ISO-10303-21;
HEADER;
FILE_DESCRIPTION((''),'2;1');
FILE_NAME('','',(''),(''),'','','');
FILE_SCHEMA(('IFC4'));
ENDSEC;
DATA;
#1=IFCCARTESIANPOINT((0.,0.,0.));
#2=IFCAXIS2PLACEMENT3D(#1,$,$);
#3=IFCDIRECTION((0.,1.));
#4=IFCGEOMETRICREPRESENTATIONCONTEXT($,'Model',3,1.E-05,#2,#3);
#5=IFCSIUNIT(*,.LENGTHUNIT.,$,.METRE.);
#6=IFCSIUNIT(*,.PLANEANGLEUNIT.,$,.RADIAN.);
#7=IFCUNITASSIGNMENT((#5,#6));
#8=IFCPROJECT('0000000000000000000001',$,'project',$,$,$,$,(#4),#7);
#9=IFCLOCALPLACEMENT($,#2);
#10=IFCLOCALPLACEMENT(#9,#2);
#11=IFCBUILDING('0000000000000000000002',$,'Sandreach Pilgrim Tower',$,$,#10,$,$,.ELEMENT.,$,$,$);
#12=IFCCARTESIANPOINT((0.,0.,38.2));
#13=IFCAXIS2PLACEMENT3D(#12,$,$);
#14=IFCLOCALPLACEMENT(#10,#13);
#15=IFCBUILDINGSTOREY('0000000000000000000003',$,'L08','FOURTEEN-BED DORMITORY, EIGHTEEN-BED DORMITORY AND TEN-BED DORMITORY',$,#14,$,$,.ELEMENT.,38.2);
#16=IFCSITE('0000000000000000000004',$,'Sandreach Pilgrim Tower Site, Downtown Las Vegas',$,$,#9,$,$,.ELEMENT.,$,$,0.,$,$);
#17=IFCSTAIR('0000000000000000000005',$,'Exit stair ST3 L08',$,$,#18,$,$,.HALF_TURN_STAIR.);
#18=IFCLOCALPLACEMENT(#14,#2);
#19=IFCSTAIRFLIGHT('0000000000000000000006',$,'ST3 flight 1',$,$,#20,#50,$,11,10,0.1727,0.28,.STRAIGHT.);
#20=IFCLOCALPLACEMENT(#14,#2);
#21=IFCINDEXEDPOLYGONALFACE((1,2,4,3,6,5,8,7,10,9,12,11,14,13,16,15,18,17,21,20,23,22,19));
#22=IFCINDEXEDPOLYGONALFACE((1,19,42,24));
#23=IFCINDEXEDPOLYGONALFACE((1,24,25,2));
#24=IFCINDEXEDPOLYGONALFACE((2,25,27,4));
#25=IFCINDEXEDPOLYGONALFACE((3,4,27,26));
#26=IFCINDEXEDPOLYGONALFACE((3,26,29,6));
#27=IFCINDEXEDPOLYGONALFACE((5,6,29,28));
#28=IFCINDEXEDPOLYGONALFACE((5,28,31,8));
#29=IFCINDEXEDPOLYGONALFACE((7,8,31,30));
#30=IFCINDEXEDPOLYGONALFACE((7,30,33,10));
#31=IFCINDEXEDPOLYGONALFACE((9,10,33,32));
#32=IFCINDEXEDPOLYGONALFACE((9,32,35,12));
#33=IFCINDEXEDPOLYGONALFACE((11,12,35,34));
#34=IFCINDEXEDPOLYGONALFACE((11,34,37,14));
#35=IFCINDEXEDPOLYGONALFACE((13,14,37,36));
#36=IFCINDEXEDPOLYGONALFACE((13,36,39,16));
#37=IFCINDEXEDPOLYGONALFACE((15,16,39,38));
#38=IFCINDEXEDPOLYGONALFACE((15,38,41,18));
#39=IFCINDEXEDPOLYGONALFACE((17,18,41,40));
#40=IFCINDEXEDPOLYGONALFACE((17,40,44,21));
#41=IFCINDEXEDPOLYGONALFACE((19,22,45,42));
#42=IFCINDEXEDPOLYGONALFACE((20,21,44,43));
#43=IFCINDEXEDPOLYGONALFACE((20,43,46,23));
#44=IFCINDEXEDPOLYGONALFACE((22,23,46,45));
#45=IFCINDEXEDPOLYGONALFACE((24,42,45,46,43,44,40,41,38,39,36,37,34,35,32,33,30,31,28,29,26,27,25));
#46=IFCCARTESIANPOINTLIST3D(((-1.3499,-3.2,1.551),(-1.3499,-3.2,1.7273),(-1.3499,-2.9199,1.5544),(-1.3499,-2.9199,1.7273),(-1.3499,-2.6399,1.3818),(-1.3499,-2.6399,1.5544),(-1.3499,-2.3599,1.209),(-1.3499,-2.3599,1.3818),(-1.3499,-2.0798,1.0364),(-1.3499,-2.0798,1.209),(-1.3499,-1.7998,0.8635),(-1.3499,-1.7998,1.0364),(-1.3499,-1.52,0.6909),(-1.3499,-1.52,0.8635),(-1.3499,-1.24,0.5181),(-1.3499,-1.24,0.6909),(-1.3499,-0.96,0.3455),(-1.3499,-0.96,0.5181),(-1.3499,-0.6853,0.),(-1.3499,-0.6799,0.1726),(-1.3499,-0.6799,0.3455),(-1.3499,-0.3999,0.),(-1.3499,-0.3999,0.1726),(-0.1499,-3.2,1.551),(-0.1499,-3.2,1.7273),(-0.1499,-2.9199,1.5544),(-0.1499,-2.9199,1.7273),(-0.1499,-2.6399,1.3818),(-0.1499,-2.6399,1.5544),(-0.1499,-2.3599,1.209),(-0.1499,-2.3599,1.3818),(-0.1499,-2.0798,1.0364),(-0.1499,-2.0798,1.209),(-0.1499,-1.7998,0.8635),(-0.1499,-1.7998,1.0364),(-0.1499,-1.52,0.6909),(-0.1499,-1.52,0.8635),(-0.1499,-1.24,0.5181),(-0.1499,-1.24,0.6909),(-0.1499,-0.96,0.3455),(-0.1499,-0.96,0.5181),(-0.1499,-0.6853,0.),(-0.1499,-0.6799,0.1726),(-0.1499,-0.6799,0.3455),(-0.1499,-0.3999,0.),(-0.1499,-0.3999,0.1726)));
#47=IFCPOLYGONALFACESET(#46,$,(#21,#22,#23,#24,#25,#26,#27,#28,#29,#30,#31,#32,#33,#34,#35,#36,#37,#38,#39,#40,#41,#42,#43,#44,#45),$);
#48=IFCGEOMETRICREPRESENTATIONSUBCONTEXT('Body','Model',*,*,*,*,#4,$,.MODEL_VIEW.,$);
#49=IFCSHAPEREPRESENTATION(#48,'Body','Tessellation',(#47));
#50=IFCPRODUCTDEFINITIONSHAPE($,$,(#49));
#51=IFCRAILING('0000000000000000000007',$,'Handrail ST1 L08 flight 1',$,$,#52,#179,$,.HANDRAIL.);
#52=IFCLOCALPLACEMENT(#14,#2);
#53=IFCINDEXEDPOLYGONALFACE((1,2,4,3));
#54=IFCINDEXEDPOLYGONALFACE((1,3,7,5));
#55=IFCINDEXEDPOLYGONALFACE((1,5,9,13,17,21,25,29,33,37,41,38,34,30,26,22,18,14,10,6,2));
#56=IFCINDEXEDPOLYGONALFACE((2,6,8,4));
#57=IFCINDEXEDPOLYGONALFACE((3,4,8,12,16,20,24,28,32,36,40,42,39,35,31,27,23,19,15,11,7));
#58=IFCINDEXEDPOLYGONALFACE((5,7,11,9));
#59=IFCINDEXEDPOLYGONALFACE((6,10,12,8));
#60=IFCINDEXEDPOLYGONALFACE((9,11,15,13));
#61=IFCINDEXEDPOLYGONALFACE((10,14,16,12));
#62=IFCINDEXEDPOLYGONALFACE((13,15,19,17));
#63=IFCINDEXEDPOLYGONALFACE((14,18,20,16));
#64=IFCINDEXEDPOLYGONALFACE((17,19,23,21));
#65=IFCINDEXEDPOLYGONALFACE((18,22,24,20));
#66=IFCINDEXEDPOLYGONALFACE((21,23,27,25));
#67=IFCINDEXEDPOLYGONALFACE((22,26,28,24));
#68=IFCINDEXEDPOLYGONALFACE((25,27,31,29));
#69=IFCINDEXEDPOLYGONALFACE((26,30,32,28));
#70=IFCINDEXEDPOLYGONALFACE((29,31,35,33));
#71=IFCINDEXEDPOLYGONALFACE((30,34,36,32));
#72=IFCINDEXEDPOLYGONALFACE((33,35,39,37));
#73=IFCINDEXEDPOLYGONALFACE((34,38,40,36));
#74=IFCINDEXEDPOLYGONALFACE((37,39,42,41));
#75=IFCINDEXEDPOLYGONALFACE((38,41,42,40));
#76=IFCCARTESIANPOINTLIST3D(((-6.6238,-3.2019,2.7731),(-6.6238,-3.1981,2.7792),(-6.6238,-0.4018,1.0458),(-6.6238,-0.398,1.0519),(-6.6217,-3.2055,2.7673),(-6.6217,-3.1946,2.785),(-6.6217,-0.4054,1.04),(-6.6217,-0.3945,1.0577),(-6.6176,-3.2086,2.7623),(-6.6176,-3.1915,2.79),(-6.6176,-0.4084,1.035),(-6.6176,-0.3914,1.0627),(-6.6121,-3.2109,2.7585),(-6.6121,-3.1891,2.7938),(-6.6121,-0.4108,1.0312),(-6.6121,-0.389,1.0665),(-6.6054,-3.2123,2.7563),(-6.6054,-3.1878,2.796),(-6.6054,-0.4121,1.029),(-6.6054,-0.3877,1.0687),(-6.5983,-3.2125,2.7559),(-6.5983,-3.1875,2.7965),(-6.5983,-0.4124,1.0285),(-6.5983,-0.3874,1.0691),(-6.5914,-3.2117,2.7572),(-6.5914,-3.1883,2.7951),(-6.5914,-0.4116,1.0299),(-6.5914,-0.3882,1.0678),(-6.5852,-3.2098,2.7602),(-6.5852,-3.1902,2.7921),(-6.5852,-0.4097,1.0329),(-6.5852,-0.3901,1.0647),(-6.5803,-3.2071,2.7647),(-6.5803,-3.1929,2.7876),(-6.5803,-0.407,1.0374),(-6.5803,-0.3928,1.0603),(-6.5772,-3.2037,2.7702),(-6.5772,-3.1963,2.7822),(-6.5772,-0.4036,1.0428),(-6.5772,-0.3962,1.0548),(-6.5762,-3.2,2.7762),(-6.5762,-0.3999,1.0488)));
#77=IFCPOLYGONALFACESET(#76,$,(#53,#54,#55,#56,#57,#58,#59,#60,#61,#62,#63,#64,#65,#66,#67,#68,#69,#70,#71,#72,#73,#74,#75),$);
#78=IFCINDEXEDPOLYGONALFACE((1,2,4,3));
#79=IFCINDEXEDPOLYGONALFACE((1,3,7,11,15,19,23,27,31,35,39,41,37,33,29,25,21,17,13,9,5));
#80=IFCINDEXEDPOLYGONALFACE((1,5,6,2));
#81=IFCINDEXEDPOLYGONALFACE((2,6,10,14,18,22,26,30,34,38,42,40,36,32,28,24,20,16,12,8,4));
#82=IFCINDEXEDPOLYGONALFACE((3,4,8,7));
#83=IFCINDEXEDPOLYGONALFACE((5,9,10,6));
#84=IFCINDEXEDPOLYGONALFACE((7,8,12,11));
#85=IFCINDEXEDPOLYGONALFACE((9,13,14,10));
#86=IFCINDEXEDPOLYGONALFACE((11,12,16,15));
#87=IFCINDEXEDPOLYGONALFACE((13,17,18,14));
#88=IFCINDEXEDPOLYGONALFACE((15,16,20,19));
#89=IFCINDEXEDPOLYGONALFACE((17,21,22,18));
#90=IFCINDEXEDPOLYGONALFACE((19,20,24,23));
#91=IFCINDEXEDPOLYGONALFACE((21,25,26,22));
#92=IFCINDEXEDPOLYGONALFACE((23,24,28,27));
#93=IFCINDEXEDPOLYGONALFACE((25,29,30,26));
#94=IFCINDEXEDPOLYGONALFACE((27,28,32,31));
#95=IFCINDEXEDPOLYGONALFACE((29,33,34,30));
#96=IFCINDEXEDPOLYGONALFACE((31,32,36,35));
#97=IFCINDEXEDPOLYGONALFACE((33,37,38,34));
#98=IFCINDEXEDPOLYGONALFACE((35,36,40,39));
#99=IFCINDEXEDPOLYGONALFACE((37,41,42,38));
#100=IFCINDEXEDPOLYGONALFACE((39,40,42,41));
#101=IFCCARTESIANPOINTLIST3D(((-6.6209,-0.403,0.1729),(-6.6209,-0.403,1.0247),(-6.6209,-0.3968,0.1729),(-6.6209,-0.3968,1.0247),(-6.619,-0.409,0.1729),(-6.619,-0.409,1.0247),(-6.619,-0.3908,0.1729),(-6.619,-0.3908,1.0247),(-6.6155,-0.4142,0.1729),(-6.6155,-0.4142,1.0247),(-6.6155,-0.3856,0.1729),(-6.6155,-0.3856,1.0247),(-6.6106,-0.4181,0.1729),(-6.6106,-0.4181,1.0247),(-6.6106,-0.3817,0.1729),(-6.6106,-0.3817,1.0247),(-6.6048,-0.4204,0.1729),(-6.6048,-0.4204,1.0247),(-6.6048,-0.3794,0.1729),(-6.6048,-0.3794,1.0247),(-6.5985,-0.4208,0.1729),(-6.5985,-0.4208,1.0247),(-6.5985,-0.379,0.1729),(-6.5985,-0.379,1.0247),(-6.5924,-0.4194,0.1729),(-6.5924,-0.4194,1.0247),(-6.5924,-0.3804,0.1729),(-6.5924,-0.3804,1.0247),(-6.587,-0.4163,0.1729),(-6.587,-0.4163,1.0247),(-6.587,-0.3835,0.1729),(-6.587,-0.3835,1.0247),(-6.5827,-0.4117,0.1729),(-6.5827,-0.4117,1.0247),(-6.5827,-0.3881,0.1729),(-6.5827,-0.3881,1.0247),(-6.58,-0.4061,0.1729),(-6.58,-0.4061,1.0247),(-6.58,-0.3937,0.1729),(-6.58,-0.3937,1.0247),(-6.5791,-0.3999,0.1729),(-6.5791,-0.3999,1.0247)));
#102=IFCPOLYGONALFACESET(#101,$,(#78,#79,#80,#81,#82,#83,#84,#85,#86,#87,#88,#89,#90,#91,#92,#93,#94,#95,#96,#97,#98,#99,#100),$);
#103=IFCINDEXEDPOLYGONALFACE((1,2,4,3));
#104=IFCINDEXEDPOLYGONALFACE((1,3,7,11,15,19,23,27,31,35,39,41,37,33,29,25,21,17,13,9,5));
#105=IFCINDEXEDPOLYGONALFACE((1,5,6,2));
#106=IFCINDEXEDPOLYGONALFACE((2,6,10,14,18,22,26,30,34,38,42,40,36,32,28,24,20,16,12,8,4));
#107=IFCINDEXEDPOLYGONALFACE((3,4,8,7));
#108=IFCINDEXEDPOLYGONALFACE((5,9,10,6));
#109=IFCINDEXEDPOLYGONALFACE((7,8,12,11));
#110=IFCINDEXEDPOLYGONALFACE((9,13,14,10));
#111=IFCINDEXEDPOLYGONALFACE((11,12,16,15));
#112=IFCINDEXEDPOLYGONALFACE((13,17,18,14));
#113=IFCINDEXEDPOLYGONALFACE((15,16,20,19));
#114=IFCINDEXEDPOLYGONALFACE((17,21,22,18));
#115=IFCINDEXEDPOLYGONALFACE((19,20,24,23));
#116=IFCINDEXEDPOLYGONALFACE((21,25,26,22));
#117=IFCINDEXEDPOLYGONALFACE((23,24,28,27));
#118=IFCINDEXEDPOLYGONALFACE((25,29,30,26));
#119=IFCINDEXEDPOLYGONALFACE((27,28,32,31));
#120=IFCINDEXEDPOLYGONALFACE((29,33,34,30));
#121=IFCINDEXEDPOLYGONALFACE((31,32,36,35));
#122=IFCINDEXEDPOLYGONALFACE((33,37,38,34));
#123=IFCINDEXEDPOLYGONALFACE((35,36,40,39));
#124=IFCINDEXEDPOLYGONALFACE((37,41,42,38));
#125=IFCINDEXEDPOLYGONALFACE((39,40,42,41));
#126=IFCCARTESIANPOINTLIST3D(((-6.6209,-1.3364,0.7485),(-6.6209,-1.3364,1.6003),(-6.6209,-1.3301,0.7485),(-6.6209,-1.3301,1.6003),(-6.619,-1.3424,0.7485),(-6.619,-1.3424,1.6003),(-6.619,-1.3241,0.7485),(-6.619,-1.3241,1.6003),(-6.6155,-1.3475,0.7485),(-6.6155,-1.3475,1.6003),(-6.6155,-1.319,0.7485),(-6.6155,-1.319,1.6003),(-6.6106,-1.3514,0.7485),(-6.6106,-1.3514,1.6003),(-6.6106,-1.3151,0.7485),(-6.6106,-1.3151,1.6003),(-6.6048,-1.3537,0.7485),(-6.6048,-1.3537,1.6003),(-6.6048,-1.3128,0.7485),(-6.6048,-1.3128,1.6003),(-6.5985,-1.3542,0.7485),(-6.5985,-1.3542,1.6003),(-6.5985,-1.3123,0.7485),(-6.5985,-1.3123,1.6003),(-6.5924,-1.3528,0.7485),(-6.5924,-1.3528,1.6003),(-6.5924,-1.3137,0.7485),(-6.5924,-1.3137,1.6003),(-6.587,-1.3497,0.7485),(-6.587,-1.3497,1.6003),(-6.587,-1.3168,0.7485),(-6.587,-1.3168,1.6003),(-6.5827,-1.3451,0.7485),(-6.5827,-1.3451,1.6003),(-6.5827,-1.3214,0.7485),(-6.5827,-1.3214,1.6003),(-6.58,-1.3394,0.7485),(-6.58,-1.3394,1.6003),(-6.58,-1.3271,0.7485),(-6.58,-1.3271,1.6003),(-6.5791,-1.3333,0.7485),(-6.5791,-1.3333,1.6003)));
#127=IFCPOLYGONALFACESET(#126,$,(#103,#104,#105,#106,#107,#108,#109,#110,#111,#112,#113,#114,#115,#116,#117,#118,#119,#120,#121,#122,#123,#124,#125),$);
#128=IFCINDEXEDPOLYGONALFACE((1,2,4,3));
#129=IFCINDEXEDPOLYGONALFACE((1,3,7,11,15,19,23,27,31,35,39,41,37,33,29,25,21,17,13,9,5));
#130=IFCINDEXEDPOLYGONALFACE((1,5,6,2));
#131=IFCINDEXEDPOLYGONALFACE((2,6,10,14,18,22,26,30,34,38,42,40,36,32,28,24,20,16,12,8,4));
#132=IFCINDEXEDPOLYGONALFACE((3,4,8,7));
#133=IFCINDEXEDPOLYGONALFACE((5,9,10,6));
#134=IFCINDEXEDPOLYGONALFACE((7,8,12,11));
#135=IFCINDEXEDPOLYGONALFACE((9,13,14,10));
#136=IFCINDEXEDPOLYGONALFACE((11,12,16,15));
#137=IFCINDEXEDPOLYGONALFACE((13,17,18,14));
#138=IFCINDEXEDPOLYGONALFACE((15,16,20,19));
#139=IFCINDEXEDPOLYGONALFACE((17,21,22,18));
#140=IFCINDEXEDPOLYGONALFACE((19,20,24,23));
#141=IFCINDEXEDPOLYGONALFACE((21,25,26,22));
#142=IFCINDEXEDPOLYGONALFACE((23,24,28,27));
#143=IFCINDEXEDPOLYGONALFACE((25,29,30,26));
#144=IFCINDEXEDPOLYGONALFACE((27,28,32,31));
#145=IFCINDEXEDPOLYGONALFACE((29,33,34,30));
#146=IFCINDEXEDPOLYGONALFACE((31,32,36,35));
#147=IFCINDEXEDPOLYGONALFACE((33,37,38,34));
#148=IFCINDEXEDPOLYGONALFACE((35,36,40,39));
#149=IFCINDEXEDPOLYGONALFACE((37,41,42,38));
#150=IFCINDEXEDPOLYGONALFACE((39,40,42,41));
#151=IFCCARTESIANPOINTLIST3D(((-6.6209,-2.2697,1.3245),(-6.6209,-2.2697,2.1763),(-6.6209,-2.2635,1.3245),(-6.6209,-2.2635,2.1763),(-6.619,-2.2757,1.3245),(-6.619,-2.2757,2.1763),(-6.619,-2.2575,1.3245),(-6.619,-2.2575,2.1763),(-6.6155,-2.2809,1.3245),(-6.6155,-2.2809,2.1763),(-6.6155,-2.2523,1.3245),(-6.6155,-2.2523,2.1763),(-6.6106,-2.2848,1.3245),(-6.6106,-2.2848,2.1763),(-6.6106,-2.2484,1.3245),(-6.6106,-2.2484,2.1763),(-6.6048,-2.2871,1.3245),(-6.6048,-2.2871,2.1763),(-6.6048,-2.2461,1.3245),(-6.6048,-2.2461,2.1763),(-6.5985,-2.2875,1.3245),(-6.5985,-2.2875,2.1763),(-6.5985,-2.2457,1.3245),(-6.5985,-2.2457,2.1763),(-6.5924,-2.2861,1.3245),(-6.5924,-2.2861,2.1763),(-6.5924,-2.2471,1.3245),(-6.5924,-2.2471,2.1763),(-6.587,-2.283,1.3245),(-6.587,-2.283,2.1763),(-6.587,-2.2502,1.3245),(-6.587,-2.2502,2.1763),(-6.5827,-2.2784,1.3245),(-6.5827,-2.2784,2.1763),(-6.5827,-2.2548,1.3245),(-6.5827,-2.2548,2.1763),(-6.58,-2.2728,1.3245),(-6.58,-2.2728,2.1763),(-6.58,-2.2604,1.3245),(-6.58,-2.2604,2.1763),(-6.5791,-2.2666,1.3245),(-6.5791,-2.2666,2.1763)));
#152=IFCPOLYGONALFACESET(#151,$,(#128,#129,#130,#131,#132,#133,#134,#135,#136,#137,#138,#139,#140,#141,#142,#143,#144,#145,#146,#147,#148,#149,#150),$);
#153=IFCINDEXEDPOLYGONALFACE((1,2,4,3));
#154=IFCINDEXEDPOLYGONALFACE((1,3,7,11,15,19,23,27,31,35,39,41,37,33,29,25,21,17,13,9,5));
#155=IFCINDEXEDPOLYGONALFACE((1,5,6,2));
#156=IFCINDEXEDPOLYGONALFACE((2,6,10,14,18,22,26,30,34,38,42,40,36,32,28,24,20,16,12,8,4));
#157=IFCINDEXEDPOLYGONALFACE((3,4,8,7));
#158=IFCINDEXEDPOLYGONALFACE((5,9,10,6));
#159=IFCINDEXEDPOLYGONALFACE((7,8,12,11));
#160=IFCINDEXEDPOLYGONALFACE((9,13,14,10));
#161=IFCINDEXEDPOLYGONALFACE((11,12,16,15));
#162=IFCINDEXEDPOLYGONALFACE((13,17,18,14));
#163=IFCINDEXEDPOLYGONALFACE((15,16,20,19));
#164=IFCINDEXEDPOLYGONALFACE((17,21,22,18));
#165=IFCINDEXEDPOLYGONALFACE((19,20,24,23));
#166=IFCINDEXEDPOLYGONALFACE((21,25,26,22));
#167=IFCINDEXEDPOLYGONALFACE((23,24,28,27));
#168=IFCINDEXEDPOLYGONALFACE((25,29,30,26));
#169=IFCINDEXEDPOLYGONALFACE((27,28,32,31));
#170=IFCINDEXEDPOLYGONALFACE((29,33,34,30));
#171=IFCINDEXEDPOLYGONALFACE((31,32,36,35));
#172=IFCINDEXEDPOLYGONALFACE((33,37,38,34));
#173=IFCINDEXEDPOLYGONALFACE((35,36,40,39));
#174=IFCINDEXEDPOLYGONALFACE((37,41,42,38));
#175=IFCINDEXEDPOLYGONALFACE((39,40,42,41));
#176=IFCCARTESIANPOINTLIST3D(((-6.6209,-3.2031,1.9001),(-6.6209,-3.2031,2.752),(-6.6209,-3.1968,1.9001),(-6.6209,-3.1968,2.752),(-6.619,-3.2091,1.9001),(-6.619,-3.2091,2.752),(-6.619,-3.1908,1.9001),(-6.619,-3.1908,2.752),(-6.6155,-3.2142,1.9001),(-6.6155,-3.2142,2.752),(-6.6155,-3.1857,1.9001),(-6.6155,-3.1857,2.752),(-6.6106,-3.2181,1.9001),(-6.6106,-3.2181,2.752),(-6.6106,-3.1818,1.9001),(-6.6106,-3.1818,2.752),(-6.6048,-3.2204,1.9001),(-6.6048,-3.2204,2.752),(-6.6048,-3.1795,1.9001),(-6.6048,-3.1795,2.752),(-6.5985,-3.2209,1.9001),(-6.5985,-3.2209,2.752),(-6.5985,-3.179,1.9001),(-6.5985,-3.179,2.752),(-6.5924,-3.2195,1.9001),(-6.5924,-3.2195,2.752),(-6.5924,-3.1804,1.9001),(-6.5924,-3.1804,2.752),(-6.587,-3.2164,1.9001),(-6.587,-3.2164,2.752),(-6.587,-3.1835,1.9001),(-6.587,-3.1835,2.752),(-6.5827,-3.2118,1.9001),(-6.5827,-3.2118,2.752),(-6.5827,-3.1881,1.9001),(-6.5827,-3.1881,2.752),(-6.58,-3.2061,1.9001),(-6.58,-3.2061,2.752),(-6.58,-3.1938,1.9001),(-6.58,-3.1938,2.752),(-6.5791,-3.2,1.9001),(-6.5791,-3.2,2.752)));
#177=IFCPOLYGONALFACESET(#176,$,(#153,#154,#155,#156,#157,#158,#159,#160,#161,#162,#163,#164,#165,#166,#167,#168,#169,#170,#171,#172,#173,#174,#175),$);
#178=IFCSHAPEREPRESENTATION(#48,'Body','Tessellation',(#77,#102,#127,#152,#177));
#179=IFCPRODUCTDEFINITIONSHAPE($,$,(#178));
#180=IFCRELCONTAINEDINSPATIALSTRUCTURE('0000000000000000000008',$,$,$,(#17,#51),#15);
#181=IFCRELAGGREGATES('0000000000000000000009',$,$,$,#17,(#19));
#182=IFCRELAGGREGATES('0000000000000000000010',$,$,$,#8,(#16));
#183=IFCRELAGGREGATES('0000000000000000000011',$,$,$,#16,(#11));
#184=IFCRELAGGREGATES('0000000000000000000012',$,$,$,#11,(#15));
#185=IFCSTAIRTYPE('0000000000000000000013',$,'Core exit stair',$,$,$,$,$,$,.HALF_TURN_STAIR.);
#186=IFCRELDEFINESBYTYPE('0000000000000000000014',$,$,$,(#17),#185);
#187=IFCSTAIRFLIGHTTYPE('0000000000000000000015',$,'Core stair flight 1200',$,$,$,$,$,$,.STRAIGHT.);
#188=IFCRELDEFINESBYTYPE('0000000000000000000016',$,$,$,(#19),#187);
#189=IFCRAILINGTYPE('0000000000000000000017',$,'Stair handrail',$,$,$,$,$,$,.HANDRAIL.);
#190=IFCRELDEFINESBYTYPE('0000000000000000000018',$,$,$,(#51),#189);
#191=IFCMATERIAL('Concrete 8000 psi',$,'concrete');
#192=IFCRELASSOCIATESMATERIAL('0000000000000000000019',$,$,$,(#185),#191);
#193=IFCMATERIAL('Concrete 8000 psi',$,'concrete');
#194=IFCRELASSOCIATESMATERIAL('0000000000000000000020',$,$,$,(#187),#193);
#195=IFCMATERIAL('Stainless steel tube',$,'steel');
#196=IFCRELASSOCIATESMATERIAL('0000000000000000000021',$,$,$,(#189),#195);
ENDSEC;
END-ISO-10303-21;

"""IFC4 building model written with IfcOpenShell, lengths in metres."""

from ifc_helpers import new_model, si_unit, direction, frame, origin, origin_2d, place, context, subcontext, project, spatial, polyline, circle, outline, extrude, material, type_object, element, aggregate, save


model = new_model("IFC4")

# Units and contexts
model_context = context("Model", 3, precision=1e-05, world=origin(), true_north=direction((0.0, 1.0)))
body_context = subcontext(model_context, "Body", "Model", "MODEL_VIEW")
ifc_project = project(units=[si_unit("LENGTHUNIT", "METRE"), si_unit("PLANEANGLEUNIT", "RADIAN")], contexts=[model_context])

# Site, building, storey
site_placement = place(None, origin())
site = spatial("IfcSite", under=ifc_project, at=site_placement, Name="Sandreach Pilgrim Tower Site, Downtown Las Vegas", CompositionType="ELEMENT", RefElevation=0.0)
building_placement = place(site_placement, origin())
building = spatial("IfcBuilding", under=site, at=building_placement, Name="Sandreach Pilgrim Tower", CompositionType="ELEMENT")
storey_placement = place(building_placement, frame((0.0, 0.0, 38.2)))
storey = spatial("IfcBuildingStorey", under=building, at=storey_placement, Name="L08", Description="FOURTEEN-BED DORMITORY, EIGHTEEN-BED DORMITORY AND TEN-BED DORMITORY", CompositionType="ELEMENT", Elevation=38.2)

# Stair, stair flight
ifc_material_1 = material(Name="Concrete 8000 psi", Category="concrete")
stair_type = type_object("IfcStairType", Name="Core exit stair", PredefinedType="HALF_TURN_STAIR", material=ifc_material_1)
ifc_material_2 = material(Name="Concrete 8000 psi", Category="concrete")
stair_flight_type = type_object("IfcStairFlightType", Name="Core stair flight 1200", PredefinedType="STRAIGHT", material=ifc_material_2)
stair_1_placement = place(storey_placement, origin())
stair_1 = element("IfcStair", 1, at=stair_1_placement, inside=storey, type_object=stair_type, Name="Exit stair ST3 L08", PredefinedType="HALF_TURN_STAIR")
stair_flight_1_placement = place(storey_placement, frame((-0.75, -0.3999, 0.0), z_axis=(0.0, 0.0, 1.0), x_axis=(0.0, -1.0, 0.0)))
stair_flight_1 = element("IfcStairFlight", 2, at=stair_flight_1_placement, type_object=stair_flight_type, Name="ST3 flight 1", NumberOfRisers=11, NumberOfTreads=10, PredefinedType="STRAIGHT", RiserHeight=0.1727, TreadLength=0.28, context=body_context, shape_type="SweptSolid", body=[
    extrude(outline(polyline([(0.0, 0.0), (0.0, 0.1726), (0.28, 0.1726), (0.28, 0.3455), (0.5601, 0.3455), (0.5601, 0.5181), (0.8401, 0.5181), (0.8401, 0.6909), (1.1201, 0.6909), (1.1201, 0.8635), (1.3999, 0.8635), (1.3999, 1.0364), (1.6799, 1.0364), (1.6799, 1.209), (1.96, 1.209), (1.96, 1.3818), (2.24, 1.3818), (2.24, 1.5544), (2.52, 1.5544), (2.52, 1.7273), (2.8, 1.7273), (2.8, 1.8999), (2.8, 1.551), (0.2854, 0.0), (0.0, 0.0)])), frame((0.0, 0.6001, 0.0), z_axis=(0.0, -1.0, 0.0), x_axis=(1.0, 0.0, 0.0)), (0.0, 0.0, 1.0), 1.2),
])
aggregate(stair_1, [stair_flight_1])

# Railing
ifc_material_3 = material(Name="Stainless steel tube", Category="steel")
railing_type = type_object("IfcRailingType", Name="Stair handrail", PredefinedType="HANDRAIL", material=ifc_material_3)
railing_placement = place(storey_placement, frame((-6.6001, -0.3999, 0.1729)))
element("IfcRailing", 3, at=railing_placement, inside=storey, type_object=railing_type, Name="Handrail ST1 L08 flight 1", PredefinedType="HANDRAIL", context=body_context, shape_type="SweptSolid", body=[
    extrude(circle(Radius=0.0239, at=origin_2d()), frame((0.0, 0.0, 0.876), z_axis=(0.0, -0.85109, 0.52502), x_axis=(1.0, 0.0, 0.0)), (0.0, 0.0, 1.0), 3.29),
    extrude(circle(Radius=0.021, at=origin_2d()), origin(), (0.0, 0.0, 1.0), 0.8518),
    extrude(circle(Radius=0.021, at=origin_2d()), frame((0.0, -0.9333, 0.5757)), (0.0, 0.0, 1.0), 0.8518),
    extrude(circle(Radius=0.021, at=origin_2d()), frame((0.0, -1.8667, 1.1516)), (0.0, 0.0, 1.0), 0.8518),
    extrude(circle(Radius=0.021, at=origin_2d()), frame((0.0, -2.8, 1.7273)), (0.0, 0.0, 1.0), 0.8518),
])

save(model, "model.ifc")
